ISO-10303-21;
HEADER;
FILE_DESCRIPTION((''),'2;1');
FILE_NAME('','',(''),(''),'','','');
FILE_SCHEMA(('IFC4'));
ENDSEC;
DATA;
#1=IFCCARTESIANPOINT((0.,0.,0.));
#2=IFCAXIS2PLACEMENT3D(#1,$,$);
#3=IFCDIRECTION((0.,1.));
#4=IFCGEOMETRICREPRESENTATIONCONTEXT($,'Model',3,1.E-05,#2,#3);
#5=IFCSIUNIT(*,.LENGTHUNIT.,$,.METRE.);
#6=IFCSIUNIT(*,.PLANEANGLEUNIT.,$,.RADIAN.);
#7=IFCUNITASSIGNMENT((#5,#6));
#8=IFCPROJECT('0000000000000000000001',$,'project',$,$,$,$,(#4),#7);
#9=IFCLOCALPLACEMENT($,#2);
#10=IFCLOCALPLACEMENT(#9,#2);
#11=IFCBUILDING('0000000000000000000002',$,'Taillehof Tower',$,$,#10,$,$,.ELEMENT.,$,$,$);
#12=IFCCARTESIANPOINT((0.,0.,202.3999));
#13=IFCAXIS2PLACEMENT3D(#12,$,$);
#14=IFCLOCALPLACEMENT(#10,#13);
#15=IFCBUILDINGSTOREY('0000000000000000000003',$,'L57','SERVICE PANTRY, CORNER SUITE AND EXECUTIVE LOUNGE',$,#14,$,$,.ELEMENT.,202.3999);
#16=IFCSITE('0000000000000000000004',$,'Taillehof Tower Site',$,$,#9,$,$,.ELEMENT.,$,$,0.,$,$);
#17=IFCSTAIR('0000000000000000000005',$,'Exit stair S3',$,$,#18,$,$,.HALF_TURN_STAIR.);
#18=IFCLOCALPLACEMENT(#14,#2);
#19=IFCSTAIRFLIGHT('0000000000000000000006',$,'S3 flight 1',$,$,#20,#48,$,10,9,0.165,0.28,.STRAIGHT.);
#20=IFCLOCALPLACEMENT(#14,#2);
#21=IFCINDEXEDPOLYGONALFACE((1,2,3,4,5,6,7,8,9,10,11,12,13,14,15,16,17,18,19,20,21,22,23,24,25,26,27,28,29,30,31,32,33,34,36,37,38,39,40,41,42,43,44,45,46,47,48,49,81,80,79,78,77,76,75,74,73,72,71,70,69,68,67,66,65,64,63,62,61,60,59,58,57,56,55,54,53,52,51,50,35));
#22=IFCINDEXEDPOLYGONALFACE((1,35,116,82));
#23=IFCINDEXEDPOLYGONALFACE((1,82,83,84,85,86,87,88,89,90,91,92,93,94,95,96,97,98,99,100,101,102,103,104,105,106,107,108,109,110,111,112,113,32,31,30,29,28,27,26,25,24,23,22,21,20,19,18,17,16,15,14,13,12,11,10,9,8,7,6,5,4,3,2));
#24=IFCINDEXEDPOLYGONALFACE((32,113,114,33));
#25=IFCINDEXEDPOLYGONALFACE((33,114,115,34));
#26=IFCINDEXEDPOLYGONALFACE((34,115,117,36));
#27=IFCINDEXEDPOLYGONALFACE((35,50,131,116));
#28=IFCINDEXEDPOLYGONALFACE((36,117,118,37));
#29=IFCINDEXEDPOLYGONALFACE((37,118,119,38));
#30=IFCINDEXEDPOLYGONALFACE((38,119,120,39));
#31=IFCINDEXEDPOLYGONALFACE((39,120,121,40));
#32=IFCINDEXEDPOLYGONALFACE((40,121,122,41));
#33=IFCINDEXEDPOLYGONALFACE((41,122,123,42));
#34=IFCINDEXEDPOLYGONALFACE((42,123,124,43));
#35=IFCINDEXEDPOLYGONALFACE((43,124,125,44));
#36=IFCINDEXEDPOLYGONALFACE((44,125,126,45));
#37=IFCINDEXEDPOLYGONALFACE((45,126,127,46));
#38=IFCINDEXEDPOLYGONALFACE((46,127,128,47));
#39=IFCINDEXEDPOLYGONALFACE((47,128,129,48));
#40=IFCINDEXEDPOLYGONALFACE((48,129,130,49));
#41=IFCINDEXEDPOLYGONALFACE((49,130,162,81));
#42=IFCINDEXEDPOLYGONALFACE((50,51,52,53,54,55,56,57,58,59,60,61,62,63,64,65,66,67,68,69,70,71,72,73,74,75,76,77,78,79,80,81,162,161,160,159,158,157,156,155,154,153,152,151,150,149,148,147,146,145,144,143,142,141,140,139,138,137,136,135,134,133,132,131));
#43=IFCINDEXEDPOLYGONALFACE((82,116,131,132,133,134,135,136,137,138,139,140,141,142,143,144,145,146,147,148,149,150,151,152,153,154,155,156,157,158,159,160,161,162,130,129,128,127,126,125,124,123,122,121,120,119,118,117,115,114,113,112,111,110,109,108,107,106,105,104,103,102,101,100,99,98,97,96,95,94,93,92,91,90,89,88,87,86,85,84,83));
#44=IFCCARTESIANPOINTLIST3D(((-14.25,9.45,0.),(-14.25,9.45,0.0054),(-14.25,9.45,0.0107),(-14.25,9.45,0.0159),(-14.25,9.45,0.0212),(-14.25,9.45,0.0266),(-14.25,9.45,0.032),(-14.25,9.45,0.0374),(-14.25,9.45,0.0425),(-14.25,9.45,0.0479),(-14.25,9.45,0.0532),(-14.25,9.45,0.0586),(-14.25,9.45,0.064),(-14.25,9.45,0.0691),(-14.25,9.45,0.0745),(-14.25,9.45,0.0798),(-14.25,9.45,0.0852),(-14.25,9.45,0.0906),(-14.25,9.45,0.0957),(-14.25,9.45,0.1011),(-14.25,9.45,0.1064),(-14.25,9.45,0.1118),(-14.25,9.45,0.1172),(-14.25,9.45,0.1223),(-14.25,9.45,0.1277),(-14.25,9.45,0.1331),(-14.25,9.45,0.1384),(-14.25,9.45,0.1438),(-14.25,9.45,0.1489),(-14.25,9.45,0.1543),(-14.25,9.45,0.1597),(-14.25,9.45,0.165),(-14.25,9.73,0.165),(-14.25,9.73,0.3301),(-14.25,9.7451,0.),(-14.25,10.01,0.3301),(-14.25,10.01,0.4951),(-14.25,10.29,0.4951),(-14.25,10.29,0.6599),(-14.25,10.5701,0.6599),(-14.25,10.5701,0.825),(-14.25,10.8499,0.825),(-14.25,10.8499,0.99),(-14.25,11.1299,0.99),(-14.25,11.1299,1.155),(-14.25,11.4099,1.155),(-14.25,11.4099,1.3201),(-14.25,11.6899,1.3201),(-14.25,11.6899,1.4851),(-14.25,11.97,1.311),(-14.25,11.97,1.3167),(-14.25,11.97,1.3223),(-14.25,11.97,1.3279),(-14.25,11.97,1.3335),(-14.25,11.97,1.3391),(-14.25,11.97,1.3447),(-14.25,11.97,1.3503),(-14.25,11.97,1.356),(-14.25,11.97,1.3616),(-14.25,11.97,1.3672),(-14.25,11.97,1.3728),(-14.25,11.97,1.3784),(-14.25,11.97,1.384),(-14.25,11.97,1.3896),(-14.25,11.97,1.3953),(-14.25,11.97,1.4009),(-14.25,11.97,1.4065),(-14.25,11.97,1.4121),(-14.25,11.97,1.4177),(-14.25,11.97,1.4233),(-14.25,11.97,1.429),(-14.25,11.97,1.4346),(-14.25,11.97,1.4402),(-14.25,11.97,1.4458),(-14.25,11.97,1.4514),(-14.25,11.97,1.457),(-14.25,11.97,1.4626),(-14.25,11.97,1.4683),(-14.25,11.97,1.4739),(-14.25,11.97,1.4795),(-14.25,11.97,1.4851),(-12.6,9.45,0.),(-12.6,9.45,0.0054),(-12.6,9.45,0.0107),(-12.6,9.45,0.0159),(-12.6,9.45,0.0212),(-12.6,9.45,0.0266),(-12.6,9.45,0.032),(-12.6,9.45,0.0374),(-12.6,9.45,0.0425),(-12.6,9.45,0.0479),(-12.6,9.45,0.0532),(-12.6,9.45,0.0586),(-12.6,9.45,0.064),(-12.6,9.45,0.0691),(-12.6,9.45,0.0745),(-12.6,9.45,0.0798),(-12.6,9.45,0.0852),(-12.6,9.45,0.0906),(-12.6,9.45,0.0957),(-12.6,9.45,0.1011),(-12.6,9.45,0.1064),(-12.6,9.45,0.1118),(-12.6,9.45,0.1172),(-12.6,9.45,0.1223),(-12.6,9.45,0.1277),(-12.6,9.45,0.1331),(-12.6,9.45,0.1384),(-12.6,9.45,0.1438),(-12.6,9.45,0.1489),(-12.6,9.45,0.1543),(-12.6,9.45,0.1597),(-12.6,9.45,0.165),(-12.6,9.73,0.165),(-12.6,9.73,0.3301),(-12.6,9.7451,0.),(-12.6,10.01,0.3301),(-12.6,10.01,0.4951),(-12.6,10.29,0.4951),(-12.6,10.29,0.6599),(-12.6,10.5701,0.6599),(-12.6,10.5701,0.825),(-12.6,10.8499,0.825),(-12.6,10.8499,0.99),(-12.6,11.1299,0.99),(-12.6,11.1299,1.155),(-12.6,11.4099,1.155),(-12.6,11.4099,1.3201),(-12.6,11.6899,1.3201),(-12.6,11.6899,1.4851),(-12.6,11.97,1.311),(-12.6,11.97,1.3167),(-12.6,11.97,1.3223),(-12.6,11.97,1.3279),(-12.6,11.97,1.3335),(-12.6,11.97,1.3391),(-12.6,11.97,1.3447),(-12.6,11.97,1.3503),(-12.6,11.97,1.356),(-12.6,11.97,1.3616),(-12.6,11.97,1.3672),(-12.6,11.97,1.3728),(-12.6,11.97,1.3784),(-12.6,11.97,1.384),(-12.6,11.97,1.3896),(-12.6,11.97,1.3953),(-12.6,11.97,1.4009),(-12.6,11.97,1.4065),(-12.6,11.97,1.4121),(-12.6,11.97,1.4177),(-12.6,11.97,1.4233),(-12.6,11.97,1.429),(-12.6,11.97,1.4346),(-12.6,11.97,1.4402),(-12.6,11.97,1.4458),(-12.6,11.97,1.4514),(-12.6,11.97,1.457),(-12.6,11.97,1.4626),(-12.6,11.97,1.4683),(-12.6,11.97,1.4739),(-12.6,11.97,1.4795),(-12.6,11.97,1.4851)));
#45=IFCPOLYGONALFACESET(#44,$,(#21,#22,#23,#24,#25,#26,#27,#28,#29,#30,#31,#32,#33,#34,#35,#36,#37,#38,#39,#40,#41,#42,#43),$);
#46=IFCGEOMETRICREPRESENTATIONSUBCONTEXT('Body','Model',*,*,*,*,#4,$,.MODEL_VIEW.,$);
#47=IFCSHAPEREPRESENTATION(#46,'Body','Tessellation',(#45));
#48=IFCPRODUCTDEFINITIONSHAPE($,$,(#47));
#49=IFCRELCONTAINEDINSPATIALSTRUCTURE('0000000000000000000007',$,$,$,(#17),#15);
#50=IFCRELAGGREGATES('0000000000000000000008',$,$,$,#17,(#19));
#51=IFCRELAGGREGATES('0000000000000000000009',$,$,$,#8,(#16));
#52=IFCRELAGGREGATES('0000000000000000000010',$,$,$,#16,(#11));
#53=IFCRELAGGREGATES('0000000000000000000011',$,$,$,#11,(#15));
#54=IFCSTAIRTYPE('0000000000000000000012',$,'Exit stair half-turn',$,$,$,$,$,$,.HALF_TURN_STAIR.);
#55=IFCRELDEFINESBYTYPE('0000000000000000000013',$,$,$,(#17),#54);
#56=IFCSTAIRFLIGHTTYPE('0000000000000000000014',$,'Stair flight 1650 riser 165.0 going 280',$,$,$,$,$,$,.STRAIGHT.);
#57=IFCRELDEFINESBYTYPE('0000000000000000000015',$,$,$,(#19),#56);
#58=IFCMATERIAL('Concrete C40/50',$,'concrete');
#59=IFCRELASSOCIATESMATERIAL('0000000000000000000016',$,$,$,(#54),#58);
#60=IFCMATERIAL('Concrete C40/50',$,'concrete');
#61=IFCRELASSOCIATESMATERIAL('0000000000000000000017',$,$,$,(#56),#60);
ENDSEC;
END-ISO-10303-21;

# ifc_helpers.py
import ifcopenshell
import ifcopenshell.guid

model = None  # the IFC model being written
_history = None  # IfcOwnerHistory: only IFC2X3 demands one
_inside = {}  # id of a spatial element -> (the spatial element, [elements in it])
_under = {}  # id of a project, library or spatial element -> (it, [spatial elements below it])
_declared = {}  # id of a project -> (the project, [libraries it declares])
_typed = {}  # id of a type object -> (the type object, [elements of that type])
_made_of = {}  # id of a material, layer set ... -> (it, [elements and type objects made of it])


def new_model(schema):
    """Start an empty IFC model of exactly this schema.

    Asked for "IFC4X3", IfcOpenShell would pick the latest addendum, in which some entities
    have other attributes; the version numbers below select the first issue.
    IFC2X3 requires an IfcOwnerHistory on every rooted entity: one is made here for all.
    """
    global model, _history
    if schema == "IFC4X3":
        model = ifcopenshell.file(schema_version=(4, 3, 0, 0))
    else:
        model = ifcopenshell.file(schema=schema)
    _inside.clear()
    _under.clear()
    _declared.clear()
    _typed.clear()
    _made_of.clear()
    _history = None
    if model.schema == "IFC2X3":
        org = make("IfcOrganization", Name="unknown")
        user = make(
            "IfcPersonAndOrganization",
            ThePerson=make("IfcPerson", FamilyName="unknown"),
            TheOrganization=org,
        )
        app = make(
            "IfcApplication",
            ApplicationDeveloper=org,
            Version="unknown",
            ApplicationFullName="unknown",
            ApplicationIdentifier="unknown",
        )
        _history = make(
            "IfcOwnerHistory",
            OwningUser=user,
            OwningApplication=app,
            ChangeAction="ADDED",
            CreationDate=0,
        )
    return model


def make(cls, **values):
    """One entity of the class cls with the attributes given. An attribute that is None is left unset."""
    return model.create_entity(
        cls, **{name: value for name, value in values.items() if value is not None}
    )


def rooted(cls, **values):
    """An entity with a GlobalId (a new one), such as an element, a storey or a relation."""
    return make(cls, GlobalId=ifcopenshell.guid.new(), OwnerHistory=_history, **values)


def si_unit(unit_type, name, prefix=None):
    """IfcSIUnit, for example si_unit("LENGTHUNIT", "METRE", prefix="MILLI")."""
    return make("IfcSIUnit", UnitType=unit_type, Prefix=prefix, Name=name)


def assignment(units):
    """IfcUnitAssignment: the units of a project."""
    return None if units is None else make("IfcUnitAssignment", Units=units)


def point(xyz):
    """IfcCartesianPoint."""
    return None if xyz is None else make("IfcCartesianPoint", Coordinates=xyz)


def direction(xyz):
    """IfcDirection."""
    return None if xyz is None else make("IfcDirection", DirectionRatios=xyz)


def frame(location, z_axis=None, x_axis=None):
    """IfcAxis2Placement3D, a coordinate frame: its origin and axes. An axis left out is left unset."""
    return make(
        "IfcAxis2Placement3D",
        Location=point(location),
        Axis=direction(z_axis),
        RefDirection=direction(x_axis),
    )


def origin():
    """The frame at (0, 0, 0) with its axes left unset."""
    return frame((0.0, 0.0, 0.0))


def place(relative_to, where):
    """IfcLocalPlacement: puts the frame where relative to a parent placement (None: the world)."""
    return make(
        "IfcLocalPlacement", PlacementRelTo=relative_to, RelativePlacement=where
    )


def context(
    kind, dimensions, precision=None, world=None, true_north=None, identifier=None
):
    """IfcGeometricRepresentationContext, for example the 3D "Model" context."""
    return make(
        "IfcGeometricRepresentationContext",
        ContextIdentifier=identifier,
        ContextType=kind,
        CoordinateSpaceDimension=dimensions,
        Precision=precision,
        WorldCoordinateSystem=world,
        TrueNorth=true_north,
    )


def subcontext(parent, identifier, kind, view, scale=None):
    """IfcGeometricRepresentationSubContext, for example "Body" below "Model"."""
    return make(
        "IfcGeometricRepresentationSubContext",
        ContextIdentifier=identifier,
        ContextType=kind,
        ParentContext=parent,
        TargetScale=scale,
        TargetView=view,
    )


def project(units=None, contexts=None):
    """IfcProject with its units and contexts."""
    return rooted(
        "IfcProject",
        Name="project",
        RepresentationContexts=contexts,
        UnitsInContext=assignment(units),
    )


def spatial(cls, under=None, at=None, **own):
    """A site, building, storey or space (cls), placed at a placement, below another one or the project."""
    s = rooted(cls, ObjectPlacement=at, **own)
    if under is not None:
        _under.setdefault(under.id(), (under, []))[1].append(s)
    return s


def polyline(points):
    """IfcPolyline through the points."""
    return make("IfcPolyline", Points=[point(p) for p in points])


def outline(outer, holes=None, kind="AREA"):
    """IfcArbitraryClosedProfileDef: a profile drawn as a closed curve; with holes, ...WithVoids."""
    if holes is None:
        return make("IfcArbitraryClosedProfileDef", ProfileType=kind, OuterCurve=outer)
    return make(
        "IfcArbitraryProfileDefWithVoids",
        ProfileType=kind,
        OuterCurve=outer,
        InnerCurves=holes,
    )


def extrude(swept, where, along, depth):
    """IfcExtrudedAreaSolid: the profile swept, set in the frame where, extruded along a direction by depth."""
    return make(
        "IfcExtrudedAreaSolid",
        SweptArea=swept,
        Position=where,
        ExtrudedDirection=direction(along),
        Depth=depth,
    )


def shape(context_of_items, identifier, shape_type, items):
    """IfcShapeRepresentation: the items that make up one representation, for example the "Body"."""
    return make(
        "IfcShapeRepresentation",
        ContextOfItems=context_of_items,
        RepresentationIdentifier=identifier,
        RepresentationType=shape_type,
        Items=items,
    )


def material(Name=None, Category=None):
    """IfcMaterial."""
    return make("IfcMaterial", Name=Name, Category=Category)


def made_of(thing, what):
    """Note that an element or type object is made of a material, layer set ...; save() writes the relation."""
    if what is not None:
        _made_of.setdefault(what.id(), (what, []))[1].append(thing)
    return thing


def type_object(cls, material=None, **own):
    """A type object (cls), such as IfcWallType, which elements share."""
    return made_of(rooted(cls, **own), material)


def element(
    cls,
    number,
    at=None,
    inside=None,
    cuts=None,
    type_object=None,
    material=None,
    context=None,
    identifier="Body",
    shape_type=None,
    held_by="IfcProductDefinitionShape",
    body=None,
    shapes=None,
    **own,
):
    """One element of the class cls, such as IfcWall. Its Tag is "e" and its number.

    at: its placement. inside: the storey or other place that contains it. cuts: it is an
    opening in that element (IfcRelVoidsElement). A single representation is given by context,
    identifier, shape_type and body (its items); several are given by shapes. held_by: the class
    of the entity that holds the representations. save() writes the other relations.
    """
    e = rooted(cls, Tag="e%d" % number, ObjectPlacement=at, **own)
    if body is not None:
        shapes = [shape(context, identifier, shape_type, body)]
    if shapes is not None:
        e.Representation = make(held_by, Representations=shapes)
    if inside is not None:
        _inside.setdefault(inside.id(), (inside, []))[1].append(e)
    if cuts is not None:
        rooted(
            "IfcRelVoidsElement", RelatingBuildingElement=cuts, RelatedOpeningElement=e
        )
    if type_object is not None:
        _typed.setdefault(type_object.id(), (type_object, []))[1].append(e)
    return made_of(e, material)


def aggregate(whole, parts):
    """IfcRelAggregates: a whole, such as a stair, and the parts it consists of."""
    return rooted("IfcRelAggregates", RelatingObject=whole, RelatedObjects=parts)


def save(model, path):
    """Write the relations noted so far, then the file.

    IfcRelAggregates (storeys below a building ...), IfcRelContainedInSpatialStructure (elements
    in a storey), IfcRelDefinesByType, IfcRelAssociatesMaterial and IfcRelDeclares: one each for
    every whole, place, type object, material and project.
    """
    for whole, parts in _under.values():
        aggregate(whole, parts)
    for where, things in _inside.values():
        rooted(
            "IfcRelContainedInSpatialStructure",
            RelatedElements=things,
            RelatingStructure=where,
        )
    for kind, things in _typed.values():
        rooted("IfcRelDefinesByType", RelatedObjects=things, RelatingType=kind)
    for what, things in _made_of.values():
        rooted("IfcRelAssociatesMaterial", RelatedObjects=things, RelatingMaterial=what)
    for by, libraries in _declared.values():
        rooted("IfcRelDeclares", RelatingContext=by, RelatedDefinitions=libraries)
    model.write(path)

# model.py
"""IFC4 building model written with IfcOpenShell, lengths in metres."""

from ifc_helpers import new_model, si_unit, direction, frame, origin, place, context, subcontext, project, spatial, polyline, outline, extrude, material, type_object, element, aggregate, save


model = new_model("IFC4")

# Units and contexts
model_context = context("Model", 3, precision=1e-05, world=origin(), true_north=direction((0.0, 1.0)))
body_context = subcontext(model_context, "Body", "Model", "MODEL_VIEW")
ifc_project = project(units=[si_unit("LENGTHUNIT", "METRE"), si_unit("PLANEANGLEUNIT", "RADIAN")], contexts=[model_context])

# Site, building, storey
site_placement = place(None, origin())
site = spatial("IfcSite", under=ifc_project, at=site_placement, Name="Taillehof Tower Site", CompositionType="ELEMENT", RefElevation=0.0)
building_placement = place(site_placement, origin())
building = spatial("IfcBuilding", under=site, at=building_placement, Name="Taillehof Tower", CompositionType="ELEMENT")
storey_placement = place(building_placement, frame((0.0, 0.0, 202.3999)))
storey = spatial("IfcBuildingStorey", under=building, at=storey_placement, Name="L57", Description="SERVICE PANTRY, CORNER SUITE AND EXECUTIVE LOUNGE", CompositionType="ELEMENT", Elevation=202.3999)

# Stair, stair flight
ifc_material_1 = material(Name="Concrete C40/50", Category="concrete")
stair_type = type_object("IfcStairType", Name="Exit stair half-turn", PredefinedType="HALF_TURN_STAIR", material=ifc_material_1)
stair_placement = place(storey_placement, origin())
stair = element("IfcStair", 1, at=stair_placement, inside=storey, type_object=stair_type, Name="Exit stair S3", PredefinedType="HALF_TURN_STAIR")
ifc_material_2 = material(Name="Concrete C40/50", Category="concrete")
stair_flight_type = type_object("IfcStairFlightType", Name="Stair flight 1650 riser 165.0 going 280", PredefinedType="STRAIGHT", material=ifc_material_2)
stair_flight_placement = place(storey_placement, frame((-13.425, 9.45, 0.0), z_axis=(0.0, 0.0, 1.0), x_axis=(0.0, 1.0, 0.0)))
stair_flight = element("IfcStairFlight", 2, at=stair_flight_placement, type_object=stair_flight_type, Name="S3 flight 1", NumberOfRisers=10, NumberOfTreads=9, PredefinedType="STRAIGHT", RiserHeight=0.165, TreadLength=0.28, context=body_context, shape_type="SweptSolid", body=[
    extrude(outline(polyline([(0.0, 0.0), (0.0, 0.0054), (0.0, 0.0107), (0.0, 0.0159), (0.0, 0.0212), (0.0, 0.0266), (0.0, 0.032), (0.0, 0.0374), (0.0, 0.0425), (0.0, 0.0479), (0.0, 0.0532), (0.0, 0.0586), (0.0, 0.064), (0.0, 0.0691), (0.0, 0.0745), (0.0, 0.0798), (0.0, 0.0852), (0.0, 0.0906), (0.0, 0.0957), (0.0, 0.1011), (0.0, 0.1064), (0.0, 0.1118), (0.0, 0.1172), (0.0, 0.1223), (0.0, 0.1277), (0.0, 0.1331), (0.0, 0.1384), (0.0, 0.1438), (0.0, 0.1489), (0.0, 0.1543), (0.0, 0.1597), (0.0, 0.165), (0.28, 0.165), (0.28, 0.3301), (0.5601, 0.3301), (0.5601, 0.4951), (0.8401, 0.4951), (0.8401, 0.6599), (1.1201, 0.6599), (1.1201, 0.825), (1.3999, 0.825), (1.3999, 0.99), (1.6799, 0.99), (1.6799, 1.155), (1.96, 1.155), (1.96, 1.3201), (2.24, 1.3201), (2.24, 1.4851), (2.52, 1.4851), (2.52, 1.4795), (2.52, 1.4739), (2.52, 1.4683), (2.52, 1.4626), (2.52, 1.457), (2.52, 1.4514), (2.52, 1.4458), (2.52, 1.4402), (2.52, 1.4346), (2.52, 1.429), (2.52, 1.4233), (2.52, 1.4177), (2.52, 1.4121), (2.52, 1.4065), (2.52, 1.4009), (2.52, 1.3953), (2.52, 1.3896), (2.52, 1.384), (2.52, 1.3784), (2.52, 1.3728), (2.52, 1.3672), (2.52, 1.3616), (2.52, 1.356), (2.52, 1.3503), (2.52, 1.3447), (2.52, 1.3391), (2.52, 1.3335), (2.52, 1.3279), (2.52, 1.3223), (2.52, 1.3167), (2.52, 1.311), (0.2952, 0.0), (0.0, 0.0)])), frame((0.0, 0.825, 0.0), z_axis=(0.0, -1.0, 0.0), x_axis=(1.0, 0.0, 0.0)), (0.0, 0.0, 1.0), 1.65),
])
aggregate(stair, [stair_flight])

save(model, "model.ifc")
